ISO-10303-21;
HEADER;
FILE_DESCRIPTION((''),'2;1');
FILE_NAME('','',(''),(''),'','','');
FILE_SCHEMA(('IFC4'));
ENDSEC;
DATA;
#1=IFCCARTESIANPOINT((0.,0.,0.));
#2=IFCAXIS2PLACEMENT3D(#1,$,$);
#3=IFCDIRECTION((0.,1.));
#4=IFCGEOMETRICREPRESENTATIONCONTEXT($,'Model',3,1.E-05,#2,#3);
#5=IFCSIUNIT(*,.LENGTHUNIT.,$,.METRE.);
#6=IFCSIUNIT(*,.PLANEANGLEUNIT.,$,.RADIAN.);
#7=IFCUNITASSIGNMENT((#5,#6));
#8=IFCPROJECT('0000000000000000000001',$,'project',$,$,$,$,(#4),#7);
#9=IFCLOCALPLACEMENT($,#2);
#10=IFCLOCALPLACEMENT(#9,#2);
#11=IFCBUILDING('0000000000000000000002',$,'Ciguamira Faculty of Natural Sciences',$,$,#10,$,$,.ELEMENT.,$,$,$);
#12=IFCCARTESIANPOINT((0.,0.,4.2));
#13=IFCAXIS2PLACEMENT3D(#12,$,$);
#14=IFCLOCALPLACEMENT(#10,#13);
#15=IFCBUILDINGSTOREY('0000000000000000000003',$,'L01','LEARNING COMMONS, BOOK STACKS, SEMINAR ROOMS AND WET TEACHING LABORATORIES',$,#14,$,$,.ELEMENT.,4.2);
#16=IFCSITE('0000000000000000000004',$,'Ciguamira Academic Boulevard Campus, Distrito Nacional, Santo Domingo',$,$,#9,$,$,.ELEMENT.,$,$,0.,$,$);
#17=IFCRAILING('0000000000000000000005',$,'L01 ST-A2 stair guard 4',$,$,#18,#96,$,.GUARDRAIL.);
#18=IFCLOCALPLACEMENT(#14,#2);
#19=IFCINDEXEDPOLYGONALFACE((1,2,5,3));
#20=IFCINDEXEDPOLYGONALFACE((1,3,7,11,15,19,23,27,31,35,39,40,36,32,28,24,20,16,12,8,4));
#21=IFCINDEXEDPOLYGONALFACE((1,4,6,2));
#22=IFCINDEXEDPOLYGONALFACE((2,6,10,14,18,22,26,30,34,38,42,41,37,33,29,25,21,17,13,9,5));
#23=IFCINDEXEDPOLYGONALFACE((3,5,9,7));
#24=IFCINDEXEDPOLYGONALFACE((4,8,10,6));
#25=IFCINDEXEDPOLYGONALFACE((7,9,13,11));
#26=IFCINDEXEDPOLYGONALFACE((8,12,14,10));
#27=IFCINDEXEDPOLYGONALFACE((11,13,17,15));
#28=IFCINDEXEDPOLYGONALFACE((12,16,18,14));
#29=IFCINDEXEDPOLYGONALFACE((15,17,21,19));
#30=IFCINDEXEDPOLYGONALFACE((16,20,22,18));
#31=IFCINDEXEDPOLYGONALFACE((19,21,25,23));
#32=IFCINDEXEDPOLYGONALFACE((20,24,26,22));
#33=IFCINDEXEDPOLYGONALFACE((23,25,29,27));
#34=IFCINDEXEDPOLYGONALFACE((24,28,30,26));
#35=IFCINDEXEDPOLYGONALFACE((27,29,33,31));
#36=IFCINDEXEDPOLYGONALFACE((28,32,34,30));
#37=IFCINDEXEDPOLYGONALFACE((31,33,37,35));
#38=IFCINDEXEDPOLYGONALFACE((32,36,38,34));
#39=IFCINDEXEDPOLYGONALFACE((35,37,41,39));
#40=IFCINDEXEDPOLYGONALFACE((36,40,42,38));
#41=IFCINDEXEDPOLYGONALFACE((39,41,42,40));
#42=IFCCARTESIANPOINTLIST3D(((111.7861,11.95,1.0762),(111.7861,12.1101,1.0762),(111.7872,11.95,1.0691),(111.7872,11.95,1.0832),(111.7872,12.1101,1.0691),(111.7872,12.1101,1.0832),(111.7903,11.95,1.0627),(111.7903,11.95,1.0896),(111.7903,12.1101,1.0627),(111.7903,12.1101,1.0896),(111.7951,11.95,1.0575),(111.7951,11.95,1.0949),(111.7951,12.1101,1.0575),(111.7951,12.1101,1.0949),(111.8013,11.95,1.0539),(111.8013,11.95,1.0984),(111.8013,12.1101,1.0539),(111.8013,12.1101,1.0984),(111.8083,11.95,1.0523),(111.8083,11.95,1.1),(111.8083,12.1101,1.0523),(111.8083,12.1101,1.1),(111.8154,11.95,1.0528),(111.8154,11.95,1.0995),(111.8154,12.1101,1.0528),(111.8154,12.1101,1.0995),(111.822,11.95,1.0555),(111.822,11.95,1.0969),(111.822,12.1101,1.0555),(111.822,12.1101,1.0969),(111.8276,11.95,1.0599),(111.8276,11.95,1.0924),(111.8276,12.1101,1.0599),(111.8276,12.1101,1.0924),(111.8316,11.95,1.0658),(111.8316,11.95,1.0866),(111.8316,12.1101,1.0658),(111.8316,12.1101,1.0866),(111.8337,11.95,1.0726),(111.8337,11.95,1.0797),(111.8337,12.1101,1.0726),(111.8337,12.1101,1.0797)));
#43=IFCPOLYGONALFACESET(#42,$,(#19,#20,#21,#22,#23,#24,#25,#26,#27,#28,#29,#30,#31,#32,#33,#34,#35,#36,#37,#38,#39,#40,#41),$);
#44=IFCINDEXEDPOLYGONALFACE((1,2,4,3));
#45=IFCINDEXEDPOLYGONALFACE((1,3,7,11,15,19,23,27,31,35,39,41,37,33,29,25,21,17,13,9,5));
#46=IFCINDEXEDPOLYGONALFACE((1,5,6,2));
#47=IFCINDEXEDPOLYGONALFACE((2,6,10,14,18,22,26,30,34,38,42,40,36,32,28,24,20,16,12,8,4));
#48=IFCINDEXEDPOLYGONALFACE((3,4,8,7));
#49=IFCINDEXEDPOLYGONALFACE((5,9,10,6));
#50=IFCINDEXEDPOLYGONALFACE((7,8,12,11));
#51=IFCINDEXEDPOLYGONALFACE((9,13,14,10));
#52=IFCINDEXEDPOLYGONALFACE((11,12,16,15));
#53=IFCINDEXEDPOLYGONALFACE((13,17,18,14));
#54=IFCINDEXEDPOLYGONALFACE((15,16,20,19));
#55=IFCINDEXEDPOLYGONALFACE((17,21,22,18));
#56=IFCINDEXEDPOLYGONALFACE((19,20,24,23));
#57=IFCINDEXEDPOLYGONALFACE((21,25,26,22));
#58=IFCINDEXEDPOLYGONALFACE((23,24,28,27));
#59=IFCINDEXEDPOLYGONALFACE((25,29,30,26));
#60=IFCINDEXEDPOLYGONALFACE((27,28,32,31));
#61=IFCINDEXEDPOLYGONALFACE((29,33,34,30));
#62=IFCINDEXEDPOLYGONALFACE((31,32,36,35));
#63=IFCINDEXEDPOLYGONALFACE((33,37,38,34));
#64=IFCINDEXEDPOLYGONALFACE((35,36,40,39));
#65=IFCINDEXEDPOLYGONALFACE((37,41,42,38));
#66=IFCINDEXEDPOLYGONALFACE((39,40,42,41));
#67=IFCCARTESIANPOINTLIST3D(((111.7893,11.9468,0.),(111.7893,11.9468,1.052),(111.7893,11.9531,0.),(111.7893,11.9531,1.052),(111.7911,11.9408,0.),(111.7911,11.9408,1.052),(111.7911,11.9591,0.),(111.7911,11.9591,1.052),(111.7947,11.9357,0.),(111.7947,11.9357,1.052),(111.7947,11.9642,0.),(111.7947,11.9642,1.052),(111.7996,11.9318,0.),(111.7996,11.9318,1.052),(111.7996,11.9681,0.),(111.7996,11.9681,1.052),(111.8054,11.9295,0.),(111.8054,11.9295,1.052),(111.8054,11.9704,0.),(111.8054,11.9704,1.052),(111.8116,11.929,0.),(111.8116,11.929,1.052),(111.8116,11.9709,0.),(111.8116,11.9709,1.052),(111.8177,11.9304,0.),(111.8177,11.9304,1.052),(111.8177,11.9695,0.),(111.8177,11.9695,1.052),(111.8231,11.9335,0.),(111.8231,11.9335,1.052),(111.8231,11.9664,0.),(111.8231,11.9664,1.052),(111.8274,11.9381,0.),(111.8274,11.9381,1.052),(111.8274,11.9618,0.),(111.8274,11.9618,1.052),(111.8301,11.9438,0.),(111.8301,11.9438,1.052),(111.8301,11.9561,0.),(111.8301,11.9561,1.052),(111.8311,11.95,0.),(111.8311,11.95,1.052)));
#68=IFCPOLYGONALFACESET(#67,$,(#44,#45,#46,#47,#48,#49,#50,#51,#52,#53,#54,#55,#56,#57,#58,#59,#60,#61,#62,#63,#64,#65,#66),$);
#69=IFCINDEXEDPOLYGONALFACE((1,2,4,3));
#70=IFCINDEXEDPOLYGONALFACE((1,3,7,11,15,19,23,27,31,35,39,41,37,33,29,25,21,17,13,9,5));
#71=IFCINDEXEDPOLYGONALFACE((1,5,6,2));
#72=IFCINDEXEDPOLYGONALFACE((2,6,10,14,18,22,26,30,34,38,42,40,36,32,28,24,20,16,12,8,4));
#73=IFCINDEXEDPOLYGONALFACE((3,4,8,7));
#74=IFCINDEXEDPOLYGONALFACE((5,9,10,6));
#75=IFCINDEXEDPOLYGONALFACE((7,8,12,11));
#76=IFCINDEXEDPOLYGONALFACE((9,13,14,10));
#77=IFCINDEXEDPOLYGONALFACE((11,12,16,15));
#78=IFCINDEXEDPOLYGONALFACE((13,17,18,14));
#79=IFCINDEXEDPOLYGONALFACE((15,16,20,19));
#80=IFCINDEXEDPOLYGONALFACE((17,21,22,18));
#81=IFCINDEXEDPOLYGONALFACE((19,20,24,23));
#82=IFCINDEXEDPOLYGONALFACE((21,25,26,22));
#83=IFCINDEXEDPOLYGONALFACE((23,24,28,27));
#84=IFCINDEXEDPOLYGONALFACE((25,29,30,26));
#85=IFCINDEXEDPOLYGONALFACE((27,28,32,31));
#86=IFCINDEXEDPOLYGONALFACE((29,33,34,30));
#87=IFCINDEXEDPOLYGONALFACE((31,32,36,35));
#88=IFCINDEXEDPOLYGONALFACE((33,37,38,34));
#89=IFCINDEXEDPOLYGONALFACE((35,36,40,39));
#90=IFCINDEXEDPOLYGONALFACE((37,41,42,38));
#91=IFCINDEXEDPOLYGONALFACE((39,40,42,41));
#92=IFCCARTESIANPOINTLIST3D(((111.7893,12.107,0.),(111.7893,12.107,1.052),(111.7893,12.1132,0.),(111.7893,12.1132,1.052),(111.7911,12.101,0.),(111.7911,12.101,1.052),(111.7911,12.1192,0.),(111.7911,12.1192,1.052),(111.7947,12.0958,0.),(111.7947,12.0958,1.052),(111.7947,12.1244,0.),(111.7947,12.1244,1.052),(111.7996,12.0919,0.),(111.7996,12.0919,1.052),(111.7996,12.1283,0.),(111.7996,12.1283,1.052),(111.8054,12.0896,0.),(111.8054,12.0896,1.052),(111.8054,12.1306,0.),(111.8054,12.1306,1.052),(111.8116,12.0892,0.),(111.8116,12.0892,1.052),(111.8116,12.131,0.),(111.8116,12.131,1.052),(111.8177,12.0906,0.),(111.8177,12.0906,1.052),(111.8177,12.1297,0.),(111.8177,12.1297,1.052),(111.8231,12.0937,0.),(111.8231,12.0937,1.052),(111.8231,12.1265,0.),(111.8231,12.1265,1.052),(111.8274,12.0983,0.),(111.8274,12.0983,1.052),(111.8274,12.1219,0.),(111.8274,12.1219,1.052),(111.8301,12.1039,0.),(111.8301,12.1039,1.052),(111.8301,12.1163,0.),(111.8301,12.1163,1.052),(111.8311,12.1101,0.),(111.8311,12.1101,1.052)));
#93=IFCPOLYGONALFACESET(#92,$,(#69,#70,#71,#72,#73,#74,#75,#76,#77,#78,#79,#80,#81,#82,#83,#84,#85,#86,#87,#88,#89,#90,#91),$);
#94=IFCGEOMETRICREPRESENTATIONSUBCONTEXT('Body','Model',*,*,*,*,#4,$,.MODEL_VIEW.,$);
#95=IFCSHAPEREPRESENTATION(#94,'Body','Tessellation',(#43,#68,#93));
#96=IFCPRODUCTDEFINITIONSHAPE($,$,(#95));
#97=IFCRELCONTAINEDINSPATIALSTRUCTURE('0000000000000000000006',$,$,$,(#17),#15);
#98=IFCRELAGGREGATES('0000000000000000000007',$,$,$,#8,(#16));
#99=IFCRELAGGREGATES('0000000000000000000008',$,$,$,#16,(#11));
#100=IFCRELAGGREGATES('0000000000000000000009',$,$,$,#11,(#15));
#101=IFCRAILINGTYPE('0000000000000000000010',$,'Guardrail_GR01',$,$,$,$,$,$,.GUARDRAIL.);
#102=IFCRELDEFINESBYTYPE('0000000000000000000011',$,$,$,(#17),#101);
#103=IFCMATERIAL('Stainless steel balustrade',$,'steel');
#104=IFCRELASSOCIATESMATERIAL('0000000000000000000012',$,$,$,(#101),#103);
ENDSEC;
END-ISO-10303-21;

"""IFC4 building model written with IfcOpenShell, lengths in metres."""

from ifc_helpers import new_model, si_unit, direction, frame, origin, origin_2d, place, context, subcontext, project, spatial, circle, extrude, material, type_object, element, save


model = new_model("IFC4")

# Units and contexts
model_context = context("Model", 3, precision=1e-05, world=origin(), true_north=direction((0.0, 1.0)))
body_context = subcontext(model_context, "Body", "Model", "MODEL_VIEW")
ifc_project = project(units=[si_unit("LENGTHUNIT", "METRE"), si_unit("PLANEANGLEUNIT", "RADIAN")], contexts=[model_context])

# Site, building, storey
site_placement = place(None, origin())
site = spatial("IfcSite", under=ifc_project, at=site_placement, Name="Ciguamira Academic Boulevard Campus, Distrito Nacional, Santo Domingo", CompositionType="ELEMENT", RefElevation=0.0)
building_placement = place(site_placement, origin())
building = spatial("IfcBuilding", under=site, at=building_placement, Name="Ciguamira Faculty of Natural Sciences", CompositionType="ELEMENT")
storey_placement = place(building_placement, frame((0.0, 0.0, 4.2)))
storey = spatial("IfcBuildingStorey", under=building, at=storey_placement, Name="L01", Description="LEARNING COMMONS, BOOK STACKS, SEMINAR ROOMS AND WET TEACHING LABORATORIES", CompositionType="ELEMENT", Elevation=4.2)

# Railing
ifc_material_1 = material(Name="Stainless steel balustrade", Category="steel")
railing_type = type_object("IfcRailingType", Name="Guardrail_GR01", PredefinedType="GUARDRAIL", material=ifc_material_1)
railing_1_placement = place(storey_placement, frame((111.8101, 11.95, 0.0)))
element("IfcRailing", 1, at=railing_1_placement, inside=storey, type_object=railing_type, Name="L01 ST-A2 stair guard 4", PredefinedType="GUARDRAIL", context=body_context, shape_type="SweptSolid", body=[
    extrude(circle(Radius=0.0239, at=origin_2d()), frame((0.0, 0.0, 1.0762), z_axis=(0.0, 1.0, 0.0), x_axis=(-1.0, 0.0, 0.0)), (0.0, 0.0, 1.0), 0.1602),
    extrude(circle(Radius=0.021, at=origin_2d()), origin(), (0.0, 0.0, 1.0), 1.052),
    extrude(circle(Radius=0.021, at=origin_2d()), frame((0.0, 0.1602, 0.0)), (0.0, 0.0, 1.0), 1.052),
])

save(model, "model.ifc")
